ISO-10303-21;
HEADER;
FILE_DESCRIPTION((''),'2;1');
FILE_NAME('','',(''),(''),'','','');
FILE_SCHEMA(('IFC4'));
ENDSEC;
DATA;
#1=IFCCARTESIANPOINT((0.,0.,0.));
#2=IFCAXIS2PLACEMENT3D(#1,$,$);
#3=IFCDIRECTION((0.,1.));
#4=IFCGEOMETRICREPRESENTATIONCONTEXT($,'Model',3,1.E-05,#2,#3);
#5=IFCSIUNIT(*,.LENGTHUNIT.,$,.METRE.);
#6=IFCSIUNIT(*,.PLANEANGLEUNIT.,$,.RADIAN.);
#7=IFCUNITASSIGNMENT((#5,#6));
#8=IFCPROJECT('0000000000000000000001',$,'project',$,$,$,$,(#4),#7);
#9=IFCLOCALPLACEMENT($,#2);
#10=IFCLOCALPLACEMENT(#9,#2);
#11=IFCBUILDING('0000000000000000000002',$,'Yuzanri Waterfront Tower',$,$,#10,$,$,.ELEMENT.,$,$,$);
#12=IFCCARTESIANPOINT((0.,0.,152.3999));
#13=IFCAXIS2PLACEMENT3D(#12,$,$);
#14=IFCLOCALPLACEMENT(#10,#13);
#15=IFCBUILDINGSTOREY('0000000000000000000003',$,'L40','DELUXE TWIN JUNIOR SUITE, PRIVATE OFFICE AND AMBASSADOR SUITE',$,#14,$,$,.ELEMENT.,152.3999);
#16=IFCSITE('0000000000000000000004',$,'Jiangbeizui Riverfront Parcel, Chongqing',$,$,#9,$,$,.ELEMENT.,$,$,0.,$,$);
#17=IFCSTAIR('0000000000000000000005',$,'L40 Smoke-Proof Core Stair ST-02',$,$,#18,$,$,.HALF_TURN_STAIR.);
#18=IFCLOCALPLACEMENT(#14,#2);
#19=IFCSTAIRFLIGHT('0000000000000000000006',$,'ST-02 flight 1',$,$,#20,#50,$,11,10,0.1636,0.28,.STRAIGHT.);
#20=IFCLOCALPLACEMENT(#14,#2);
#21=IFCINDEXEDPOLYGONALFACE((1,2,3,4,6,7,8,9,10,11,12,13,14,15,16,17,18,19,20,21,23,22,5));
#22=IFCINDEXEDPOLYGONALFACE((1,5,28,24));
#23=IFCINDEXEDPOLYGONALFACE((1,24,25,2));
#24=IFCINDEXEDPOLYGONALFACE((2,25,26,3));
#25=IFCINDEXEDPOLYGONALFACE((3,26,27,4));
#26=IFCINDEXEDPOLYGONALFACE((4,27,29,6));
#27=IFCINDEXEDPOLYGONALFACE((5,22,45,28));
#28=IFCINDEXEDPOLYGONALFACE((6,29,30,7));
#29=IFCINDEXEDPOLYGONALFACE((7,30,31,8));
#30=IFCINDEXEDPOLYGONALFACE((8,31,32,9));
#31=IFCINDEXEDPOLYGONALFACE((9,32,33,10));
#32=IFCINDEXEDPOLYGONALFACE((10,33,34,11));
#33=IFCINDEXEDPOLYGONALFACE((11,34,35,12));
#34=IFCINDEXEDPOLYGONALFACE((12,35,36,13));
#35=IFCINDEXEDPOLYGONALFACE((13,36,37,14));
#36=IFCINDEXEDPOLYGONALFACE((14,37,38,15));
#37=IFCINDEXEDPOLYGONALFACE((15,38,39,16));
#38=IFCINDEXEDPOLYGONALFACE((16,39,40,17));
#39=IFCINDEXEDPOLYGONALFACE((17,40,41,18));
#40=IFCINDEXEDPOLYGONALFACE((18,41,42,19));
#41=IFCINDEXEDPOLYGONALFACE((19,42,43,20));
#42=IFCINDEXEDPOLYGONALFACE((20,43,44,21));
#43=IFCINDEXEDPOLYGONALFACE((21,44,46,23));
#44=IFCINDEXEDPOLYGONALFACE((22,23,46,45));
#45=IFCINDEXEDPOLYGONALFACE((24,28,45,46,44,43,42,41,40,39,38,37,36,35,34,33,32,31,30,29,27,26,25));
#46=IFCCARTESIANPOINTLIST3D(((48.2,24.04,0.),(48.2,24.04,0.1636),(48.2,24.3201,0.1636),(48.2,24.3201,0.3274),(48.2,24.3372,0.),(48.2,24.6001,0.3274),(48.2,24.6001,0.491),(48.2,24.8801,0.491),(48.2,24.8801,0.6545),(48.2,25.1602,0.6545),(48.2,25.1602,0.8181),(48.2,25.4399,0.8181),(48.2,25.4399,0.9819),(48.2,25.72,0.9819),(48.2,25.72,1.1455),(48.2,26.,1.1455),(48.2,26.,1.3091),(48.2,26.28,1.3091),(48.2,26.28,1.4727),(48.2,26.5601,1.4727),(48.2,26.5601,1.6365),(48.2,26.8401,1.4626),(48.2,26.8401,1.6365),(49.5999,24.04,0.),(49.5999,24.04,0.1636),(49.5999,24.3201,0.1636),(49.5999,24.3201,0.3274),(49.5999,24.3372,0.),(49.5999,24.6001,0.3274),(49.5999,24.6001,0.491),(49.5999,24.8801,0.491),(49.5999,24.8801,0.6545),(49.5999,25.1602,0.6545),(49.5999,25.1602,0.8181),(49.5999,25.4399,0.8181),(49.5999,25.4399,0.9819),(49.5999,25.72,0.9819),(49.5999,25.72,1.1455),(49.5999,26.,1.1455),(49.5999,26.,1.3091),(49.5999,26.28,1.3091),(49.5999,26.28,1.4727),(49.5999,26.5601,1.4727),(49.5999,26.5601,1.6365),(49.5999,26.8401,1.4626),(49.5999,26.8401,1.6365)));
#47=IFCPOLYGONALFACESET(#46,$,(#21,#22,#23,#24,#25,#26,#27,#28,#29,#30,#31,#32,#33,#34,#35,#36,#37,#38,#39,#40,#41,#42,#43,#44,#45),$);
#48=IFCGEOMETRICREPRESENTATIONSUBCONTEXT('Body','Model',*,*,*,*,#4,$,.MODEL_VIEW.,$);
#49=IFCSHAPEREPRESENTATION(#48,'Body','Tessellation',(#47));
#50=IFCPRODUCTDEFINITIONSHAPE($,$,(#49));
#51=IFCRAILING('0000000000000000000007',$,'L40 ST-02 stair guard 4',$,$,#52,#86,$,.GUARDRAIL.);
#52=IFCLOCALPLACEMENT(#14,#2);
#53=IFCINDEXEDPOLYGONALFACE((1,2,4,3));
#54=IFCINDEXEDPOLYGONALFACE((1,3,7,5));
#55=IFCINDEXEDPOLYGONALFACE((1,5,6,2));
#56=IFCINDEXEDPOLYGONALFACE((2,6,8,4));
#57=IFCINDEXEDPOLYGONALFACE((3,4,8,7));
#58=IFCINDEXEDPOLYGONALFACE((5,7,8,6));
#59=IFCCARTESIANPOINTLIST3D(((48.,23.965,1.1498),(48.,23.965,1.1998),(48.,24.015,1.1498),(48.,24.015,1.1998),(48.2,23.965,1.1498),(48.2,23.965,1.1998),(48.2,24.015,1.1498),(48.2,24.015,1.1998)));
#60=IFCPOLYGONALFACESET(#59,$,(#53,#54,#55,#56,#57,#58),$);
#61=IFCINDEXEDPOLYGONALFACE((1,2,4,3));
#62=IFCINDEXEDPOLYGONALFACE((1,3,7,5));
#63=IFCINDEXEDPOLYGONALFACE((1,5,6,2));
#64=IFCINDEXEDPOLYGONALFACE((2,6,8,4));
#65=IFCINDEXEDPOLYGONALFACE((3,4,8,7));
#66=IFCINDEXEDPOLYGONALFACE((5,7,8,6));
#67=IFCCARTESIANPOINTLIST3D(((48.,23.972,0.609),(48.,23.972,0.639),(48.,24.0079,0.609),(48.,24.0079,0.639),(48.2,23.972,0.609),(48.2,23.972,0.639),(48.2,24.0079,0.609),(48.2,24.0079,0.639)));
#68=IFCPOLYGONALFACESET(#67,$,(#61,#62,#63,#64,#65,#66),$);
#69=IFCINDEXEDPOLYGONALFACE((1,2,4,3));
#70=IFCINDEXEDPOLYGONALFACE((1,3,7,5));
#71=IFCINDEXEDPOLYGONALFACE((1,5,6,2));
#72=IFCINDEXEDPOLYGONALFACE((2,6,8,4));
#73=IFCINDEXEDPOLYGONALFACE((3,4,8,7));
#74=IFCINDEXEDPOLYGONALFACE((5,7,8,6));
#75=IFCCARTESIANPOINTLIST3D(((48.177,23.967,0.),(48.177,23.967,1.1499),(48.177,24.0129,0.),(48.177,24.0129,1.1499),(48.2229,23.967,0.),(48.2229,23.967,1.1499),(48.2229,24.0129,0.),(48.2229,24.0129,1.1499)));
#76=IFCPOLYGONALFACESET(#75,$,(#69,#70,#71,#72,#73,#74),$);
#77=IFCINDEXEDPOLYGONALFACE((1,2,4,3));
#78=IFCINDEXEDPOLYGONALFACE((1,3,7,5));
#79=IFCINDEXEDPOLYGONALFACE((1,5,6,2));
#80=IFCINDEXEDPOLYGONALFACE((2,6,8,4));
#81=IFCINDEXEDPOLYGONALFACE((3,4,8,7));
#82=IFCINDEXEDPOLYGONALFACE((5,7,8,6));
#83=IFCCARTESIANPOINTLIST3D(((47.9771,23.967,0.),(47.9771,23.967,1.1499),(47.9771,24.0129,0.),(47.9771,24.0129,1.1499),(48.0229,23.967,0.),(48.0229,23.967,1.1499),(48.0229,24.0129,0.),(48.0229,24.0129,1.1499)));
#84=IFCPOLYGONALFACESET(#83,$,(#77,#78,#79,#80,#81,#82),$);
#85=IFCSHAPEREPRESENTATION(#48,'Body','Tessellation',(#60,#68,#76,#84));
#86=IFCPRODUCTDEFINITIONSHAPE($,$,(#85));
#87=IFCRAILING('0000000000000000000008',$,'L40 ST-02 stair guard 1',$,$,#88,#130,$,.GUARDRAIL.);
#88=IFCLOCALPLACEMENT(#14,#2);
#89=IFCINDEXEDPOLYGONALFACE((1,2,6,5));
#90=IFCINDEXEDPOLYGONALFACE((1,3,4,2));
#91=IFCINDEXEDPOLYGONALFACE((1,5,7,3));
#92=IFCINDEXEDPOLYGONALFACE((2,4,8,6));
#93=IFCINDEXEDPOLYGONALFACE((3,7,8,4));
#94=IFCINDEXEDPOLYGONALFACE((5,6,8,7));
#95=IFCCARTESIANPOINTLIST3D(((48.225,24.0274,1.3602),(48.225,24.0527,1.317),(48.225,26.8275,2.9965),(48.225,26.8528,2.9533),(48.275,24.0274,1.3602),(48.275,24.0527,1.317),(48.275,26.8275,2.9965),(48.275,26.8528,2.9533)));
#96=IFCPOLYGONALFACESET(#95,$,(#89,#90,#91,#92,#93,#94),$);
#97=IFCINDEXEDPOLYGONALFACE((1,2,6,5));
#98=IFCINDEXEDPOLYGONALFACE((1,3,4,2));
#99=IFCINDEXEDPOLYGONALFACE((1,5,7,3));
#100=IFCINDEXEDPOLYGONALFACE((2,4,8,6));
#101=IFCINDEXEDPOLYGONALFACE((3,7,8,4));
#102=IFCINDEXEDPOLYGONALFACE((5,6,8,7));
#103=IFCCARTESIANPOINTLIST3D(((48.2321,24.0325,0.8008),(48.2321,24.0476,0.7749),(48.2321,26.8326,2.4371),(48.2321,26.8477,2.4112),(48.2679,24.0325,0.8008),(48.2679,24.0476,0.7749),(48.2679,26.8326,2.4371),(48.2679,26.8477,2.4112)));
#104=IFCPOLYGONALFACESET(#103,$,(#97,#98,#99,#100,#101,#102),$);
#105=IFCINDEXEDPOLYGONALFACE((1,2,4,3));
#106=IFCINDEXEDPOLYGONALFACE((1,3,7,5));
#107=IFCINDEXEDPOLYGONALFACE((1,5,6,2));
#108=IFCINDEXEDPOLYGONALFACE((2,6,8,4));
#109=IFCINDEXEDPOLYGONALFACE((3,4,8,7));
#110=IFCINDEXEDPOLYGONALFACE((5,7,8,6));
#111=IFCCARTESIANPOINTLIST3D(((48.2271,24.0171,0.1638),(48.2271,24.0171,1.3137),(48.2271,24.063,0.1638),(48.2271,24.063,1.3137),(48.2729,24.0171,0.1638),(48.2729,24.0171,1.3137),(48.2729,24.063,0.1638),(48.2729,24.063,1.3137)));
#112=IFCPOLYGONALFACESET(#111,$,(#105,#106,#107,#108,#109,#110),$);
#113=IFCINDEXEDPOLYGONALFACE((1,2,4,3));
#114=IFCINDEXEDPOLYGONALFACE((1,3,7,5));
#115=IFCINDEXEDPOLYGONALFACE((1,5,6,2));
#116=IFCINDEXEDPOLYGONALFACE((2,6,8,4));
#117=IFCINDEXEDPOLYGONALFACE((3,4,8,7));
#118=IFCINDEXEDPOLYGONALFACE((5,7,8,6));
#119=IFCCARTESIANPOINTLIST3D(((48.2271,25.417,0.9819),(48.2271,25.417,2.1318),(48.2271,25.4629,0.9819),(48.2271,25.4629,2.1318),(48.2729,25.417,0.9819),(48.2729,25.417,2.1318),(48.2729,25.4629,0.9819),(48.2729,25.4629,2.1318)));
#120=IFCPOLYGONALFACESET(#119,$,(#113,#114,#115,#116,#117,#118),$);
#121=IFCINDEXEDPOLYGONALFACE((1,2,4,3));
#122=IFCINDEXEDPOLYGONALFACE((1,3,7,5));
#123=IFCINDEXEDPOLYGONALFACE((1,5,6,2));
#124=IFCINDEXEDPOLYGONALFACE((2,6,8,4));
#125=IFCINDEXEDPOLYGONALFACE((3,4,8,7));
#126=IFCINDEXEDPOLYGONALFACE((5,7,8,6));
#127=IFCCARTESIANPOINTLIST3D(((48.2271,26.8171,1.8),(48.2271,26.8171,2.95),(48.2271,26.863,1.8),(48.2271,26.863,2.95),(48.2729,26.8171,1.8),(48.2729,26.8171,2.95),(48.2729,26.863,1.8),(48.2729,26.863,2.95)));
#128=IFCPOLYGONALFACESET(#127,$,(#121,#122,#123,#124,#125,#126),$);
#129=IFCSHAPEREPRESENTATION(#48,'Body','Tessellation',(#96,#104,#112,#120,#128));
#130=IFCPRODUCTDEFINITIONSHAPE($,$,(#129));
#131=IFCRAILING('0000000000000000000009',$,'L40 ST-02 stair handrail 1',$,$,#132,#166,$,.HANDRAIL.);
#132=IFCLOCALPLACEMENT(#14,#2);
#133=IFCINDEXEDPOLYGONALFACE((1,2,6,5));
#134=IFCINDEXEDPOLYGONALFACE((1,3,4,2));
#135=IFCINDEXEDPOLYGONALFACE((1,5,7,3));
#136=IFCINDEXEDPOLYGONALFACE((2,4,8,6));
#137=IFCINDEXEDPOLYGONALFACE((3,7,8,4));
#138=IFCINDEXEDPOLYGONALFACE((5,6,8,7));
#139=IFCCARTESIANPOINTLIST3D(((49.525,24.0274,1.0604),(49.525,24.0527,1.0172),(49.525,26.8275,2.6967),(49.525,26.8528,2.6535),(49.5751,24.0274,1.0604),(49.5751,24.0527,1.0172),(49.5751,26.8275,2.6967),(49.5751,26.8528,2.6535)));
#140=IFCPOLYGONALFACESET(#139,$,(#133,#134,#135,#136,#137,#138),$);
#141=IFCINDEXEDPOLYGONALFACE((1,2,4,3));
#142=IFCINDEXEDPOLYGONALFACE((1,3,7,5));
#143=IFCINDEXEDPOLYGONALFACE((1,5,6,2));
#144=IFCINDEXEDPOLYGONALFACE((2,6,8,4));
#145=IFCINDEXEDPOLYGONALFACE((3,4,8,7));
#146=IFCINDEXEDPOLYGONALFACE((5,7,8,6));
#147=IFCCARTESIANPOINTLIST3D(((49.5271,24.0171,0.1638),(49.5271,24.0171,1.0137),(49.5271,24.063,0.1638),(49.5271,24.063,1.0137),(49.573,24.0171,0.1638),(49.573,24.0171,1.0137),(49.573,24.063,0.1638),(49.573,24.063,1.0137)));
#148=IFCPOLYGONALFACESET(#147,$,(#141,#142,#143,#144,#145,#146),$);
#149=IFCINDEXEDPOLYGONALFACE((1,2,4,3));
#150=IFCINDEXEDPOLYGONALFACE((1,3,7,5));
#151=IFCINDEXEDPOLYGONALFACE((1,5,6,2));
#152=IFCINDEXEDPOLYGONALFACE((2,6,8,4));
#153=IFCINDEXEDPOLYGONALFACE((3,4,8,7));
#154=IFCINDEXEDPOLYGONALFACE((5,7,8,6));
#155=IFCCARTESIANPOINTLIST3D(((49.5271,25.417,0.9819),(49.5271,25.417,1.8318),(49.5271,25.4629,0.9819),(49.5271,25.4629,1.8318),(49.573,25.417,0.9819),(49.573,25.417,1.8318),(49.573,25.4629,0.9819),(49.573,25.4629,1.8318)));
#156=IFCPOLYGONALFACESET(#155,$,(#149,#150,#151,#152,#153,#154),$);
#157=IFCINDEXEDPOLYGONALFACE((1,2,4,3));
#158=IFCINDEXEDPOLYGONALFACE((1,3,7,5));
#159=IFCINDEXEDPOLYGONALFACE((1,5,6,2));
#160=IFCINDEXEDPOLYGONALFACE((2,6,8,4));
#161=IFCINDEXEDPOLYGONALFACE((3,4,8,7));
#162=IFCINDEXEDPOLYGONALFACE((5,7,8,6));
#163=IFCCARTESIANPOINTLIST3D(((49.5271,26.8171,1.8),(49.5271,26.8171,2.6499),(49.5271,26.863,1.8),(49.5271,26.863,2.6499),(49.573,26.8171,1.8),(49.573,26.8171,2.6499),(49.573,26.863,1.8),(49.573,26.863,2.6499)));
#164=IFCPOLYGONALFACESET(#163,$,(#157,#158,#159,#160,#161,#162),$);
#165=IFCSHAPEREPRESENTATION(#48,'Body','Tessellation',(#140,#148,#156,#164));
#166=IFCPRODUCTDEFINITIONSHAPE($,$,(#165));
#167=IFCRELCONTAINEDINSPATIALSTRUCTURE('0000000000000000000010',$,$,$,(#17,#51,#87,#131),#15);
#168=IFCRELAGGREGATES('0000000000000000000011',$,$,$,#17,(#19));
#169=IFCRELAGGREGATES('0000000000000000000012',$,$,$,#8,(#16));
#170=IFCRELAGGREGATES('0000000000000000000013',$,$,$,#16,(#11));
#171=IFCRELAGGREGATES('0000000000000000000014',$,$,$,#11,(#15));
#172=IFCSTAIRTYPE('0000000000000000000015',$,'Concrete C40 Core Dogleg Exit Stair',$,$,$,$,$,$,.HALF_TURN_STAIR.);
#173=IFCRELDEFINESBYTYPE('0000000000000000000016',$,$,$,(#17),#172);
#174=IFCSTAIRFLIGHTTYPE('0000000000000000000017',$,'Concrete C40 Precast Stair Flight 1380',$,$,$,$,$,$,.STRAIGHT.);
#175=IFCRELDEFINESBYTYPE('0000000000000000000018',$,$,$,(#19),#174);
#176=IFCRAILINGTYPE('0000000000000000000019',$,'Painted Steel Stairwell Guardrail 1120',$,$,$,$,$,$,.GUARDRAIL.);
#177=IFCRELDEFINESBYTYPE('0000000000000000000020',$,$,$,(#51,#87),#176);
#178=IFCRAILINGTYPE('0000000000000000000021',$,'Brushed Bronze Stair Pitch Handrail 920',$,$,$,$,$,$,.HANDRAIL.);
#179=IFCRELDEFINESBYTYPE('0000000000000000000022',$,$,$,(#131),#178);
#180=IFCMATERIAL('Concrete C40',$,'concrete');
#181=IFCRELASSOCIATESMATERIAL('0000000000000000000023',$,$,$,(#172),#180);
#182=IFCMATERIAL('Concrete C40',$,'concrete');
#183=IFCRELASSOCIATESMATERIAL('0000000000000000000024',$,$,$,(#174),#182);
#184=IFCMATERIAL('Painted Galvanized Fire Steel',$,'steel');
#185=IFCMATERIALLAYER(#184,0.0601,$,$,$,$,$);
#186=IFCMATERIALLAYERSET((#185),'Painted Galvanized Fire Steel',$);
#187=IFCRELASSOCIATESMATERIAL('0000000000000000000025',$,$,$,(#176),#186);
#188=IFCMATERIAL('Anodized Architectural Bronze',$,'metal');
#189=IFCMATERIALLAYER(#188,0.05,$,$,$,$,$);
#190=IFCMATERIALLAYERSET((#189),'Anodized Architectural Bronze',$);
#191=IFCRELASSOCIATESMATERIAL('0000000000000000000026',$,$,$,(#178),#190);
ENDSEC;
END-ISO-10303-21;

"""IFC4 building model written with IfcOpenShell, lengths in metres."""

from ifc_helpers import new_model, si_unit, direction, frame, origin, origin_2d, place, context, subcontext, project, spatial, polyline, rectangle, outline, extrude, source, transform, mapped, material, layer, layer_set, type_object, element, aggregate, save


model = new_model("IFC4")

# Units and contexts
model_context = context("Model", 3, precision=1e-05, world=origin(), true_north=direction((0.0, 1.0)))
body_context = subcontext(model_context, "Body", "Model", "MODEL_VIEW")
ifc_project = project(units=[si_unit("LENGTHUNIT", "METRE"), si_unit("PLANEANGLEUNIT", "RADIAN")], contexts=[model_context])

# Site, building, storey
site_placement = place(None, origin())
site = spatial("IfcSite", under=ifc_project, at=site_placement, Name="Jiangbeizui Riverfront Parcel, Chongqing", CompositionType="ELEMENT", RefElevation=0.0)
building_placement = place(site_placement, origin())
building = spatial("IfcBuilding", under=site, at=building_placement, Name="Yuzanri Waterfront Tower", CompositionType="ELEMENT")
storey_placement = place(building_placement, frame((0.0, 0.0, 152.3999)))
storey = spatial("IfcBuildingStorey", under=building, at=storey_placement, Name="L40", Description="DELUXE TWIN JUNIOR SUITE, PRIVATE OFFICE AND AMBASSADOR SUITE", CompositionType="ELEMENT", Elevation=152.3999)

# Stair, stair flight
ifc_material_1 = material(Name="Concrete C40", Category="concrete")
stair_type = type_object("IfcStairType", Name="Concrete C40 Core Dogleg Exit Stair", PredefinedType="HALF_TURN_STAIR", material=ifc_material_1)
stair_placement = place(storey_placement, origin())
stair = element("IfcStair", 1, at=stair_placement, inside=storey, type_object=stair_type, Name="L40 Smoke-Proof Core Stair ST-02", PredefinedType="HALF_TURN_STAIR")
ifc_material_2 = material(Name="Concrete C40", Category="concrete")
stair_flight_type = type_object("IfcStairFlightType", Name="Concrete C40 Precast Stair Flight 1380", PredefinedType="STRAIGHT", material=ifc_material_2)
shared_shape_1 = source(origin(), body_context, "Body", "SweptSolid", [
    extrude(outline(polyline([(0.0, 0.0), (0.0, 0.1636), (0.28, 0.1636), (0.28, 0.3274), (0.5601, 0.3274), (0.5601, 0.491), (0.8401, 0.491), (0.8401, 0.6545), (1.1201, 0.6545), (1.1201, 0.8181), (1.3999, 0.8181), (1.3999, 0.9819), (1.6799, 0.9819), (1.6799, 1.1455), (1.96, 1.1455), (1.96, 1.3091), (2.24, 1.3091), (2.24, 1.4727), (2.52, 1.4727), (2.52, 1.6365), (2.8, 1.6365), (2.8, 1.8), (2.8, 1.4626), (0.2971, 0.0), (0.0, 0.0)])), frame((0.0, 0.7, 0.0), z_axis=(0.0, -1.0, 0.0), x_axis=(1.0, 0.0, 0.0)), (0.0, 0.0, 1.0), 1.3999),
])
stair_flight_placement = place(storey_placement, frame((48.8999, 24.04, 0.0), z_axis=(0.0, 0.0, 1.0), x_axis=(0.0, 1.0, 0.0)))
stair_flight = element("IfcStairFlight", 2, at=stair_flight_placement, type_object=stair_flight_type, Name="ST-02 flight 1", NumberOfRisers=11, NumberOfTreads=10, PredefinedType="STRAIGHT", RiserHeight=0.1636, TreadLength=0.28, context=body_context, shape_type="MappedRepresentation", body=[
    mapped(shared_shape_1, transform((0.0, 0.0, 0.0), scale=1.0)),
])
aggregate(stair, [stair_flight])

# Railings
ifc_material_3 = material(Name="Painted Galvanized Fire Steel", Category="steel")
ifc_layer_1 = layer(ifc_material_3, 0.0601)
ifc_layer_set_1 = layer_set([ifc_layer_1], Name="Painted Galvanized Fire Steel")
railing_type_1 = type_object("IfcRailingType", Name="Painted Steel Stairwell Guardrail 1120", PredefinedType="GUARDRAIL", material=ifc_layer_set_1)
shared_shape_2 = source(origin(), body_context, "Body", "SweptSolid", [
    extrude(rectangle(XDim=0.05, YDim=0.05, at=origin_2d()), frame((0.0, 0.0, 1.1748), z_axis=(-1.0, 0.0, 0.0), x_axis=(0.0, -1.0, 0.0)), (0.0, 0.0, 1.0), 0.2),
    extrude(rectangle(XDim=0.0359, YDim=0.03, at=origin_2d()), frame((0.0, 0.0, 0.624), z_axis=(-1.0, 0.0, 0.0), x_axis=(0.0, -1.0, 0.0)), (0.0, 0.0, 1.0), 0.2),
    extrude(rectangle(XDim=0.0459, YDim=0.0459, at=origin_2d()), origin(), (0.0, 0.0, 1.0), 1.1499),
    extrude(rectangle(XDim=0.0459, YDim=0.0459, at=origin_2d()), frame((-0.2, 0.0, 0.0)), (0.0, 0.0, 1.0), 1.1499),
])
railing_1_placement = place(storey_placement, frame((48.2, 23.99, 0.0)))
element("IfcRailing", 3, at=railing_1_placement, inside=storey, type_object=railing_type_1, Name="L40 ST-02 stair guard 4", PredefinedType="GUARDRAIL", context=body_context, shape_type="MappedRepresentation", body=[
    mapped(shared_shape_2, transform((0.0, 0.0, 0.0), scale=1.0)),
])
shared_shape_3 = source(origin(), body_context, "Body", "SweptSolid", [
    extrude(rectangle(XDim=0.05, YDim=0.05, at=origin_2d()), frame((0.0, 0.0, 1.1748), z_axis=(0.0, 0.863394, 0.504531), x_axis=(-1.0, 0.0, 0.0)), (0.0, 0.0, 1.0), 3.2432),
    extrude(rectangle(XDim=0.0359, YDim=0.03, at=origin_2d()), frame((0.0, 0.0, 0.624), z_axis=(0.0, 0.863394, 0.504531), x_axis=(-1.0, 0.0, 0.0)), (0.0, 0.0, 1.0), 3.2432),
    extrude(rectangle(XDim=0.0459, YDim=0.0459, at=origin_2d()), origin(), (0.0, 0.0, 1.0), 1.1499),
    extrude(rectangle(XDim=0.0459, YDim=0.0459, at=origin_2d()), frame((0.0, 1.3999, 0.8181)), (0.0, 0.0, 1.0), 1.1499),
    extrude(rectangle(XDim=0.0459, YDim=0.0459, at=origin_2d()), frame((0.0, 2.8, 1.6362)), (0.0, 0.0, 1.0), 1.1499),
])
railing_2_placement = place(storey_placement, frame((48.25, 24.04, 0.1638)))
element("IfcRailing", 4, at=railing_2_placement, inside=storey, type_object=railing_type_1, Name="L40 ST-02 stair guard 1", PredefinedType="GUARDRAIL", context=body_context, shape_type="MappedRepresentation", body=[
    mapped(shared_shape_3, transform((0.0, 0.0, 0.0), scale=1.0)),
])
ifc_material_4 = material(Name="Anodized Architectural Bronze", Category="metal")
ifc_layer_2 = layer(ifc_material_4, 0.05)
ifc_layer_set_2 = layer_set([ifc_layer_2], Name="Anodized Architectural Bronze")
railing_type_2 = type_object("IfcRailingType", Name="Brushed Bronze Stair Pitch Handrail 920", PredefinedType="HANDRAIL", material=ifc_layer_set_2)
shared_shape_4 = source(origin(), body_context, "Body", "SweptSolid", [
    extrude(rectangle(XDim=0.05, YDim=0.05, at=origin_2d()), frame((0.0, 0.0, 0.875), z_axis=(0.0, 0.863394, 0.504531), x_axis=(-1.0, 0.0, 0.0)), (0.0, 0.0, 1.0), 3.2432),
    extrude(rectangle(XDim=0.0459, YDim=0.0459, at=origin_2d()), origin(), (0.0, 0.0, 1.0), 0.8499),
    extrude(rectangle(XDim=0.0459, YDim=0.0459, at=origin_2d()), frame((0.0, 1.3999, 0.8181)), (0.0, 0.0, 1.0), 0.8499),
    extrude(rectangle(XDim=0.0459, YDim=0.0459, at=origin_2d()), frame((0.0, 2.8, 1.6362)), (0.0, 0.0, 1.0), 0.8499),
])
railing_3_placement = place(storey_placement, frame((49.55, 24.04, 0.1638)))
element("IfcRailing", 5, at=railing_3_placement, inside=storey, type_object=railing_type_2, Name="L40 ST-02 stair handrail 1", PredefinedType="HANDRAIL", context=body_context, shape_type="MappedRepresentation", body=[
    mapped(shared_shape_4, transform((0.0, 0.0, 0.0), scale=1.0)),
])

save(model, "model.ifc")
